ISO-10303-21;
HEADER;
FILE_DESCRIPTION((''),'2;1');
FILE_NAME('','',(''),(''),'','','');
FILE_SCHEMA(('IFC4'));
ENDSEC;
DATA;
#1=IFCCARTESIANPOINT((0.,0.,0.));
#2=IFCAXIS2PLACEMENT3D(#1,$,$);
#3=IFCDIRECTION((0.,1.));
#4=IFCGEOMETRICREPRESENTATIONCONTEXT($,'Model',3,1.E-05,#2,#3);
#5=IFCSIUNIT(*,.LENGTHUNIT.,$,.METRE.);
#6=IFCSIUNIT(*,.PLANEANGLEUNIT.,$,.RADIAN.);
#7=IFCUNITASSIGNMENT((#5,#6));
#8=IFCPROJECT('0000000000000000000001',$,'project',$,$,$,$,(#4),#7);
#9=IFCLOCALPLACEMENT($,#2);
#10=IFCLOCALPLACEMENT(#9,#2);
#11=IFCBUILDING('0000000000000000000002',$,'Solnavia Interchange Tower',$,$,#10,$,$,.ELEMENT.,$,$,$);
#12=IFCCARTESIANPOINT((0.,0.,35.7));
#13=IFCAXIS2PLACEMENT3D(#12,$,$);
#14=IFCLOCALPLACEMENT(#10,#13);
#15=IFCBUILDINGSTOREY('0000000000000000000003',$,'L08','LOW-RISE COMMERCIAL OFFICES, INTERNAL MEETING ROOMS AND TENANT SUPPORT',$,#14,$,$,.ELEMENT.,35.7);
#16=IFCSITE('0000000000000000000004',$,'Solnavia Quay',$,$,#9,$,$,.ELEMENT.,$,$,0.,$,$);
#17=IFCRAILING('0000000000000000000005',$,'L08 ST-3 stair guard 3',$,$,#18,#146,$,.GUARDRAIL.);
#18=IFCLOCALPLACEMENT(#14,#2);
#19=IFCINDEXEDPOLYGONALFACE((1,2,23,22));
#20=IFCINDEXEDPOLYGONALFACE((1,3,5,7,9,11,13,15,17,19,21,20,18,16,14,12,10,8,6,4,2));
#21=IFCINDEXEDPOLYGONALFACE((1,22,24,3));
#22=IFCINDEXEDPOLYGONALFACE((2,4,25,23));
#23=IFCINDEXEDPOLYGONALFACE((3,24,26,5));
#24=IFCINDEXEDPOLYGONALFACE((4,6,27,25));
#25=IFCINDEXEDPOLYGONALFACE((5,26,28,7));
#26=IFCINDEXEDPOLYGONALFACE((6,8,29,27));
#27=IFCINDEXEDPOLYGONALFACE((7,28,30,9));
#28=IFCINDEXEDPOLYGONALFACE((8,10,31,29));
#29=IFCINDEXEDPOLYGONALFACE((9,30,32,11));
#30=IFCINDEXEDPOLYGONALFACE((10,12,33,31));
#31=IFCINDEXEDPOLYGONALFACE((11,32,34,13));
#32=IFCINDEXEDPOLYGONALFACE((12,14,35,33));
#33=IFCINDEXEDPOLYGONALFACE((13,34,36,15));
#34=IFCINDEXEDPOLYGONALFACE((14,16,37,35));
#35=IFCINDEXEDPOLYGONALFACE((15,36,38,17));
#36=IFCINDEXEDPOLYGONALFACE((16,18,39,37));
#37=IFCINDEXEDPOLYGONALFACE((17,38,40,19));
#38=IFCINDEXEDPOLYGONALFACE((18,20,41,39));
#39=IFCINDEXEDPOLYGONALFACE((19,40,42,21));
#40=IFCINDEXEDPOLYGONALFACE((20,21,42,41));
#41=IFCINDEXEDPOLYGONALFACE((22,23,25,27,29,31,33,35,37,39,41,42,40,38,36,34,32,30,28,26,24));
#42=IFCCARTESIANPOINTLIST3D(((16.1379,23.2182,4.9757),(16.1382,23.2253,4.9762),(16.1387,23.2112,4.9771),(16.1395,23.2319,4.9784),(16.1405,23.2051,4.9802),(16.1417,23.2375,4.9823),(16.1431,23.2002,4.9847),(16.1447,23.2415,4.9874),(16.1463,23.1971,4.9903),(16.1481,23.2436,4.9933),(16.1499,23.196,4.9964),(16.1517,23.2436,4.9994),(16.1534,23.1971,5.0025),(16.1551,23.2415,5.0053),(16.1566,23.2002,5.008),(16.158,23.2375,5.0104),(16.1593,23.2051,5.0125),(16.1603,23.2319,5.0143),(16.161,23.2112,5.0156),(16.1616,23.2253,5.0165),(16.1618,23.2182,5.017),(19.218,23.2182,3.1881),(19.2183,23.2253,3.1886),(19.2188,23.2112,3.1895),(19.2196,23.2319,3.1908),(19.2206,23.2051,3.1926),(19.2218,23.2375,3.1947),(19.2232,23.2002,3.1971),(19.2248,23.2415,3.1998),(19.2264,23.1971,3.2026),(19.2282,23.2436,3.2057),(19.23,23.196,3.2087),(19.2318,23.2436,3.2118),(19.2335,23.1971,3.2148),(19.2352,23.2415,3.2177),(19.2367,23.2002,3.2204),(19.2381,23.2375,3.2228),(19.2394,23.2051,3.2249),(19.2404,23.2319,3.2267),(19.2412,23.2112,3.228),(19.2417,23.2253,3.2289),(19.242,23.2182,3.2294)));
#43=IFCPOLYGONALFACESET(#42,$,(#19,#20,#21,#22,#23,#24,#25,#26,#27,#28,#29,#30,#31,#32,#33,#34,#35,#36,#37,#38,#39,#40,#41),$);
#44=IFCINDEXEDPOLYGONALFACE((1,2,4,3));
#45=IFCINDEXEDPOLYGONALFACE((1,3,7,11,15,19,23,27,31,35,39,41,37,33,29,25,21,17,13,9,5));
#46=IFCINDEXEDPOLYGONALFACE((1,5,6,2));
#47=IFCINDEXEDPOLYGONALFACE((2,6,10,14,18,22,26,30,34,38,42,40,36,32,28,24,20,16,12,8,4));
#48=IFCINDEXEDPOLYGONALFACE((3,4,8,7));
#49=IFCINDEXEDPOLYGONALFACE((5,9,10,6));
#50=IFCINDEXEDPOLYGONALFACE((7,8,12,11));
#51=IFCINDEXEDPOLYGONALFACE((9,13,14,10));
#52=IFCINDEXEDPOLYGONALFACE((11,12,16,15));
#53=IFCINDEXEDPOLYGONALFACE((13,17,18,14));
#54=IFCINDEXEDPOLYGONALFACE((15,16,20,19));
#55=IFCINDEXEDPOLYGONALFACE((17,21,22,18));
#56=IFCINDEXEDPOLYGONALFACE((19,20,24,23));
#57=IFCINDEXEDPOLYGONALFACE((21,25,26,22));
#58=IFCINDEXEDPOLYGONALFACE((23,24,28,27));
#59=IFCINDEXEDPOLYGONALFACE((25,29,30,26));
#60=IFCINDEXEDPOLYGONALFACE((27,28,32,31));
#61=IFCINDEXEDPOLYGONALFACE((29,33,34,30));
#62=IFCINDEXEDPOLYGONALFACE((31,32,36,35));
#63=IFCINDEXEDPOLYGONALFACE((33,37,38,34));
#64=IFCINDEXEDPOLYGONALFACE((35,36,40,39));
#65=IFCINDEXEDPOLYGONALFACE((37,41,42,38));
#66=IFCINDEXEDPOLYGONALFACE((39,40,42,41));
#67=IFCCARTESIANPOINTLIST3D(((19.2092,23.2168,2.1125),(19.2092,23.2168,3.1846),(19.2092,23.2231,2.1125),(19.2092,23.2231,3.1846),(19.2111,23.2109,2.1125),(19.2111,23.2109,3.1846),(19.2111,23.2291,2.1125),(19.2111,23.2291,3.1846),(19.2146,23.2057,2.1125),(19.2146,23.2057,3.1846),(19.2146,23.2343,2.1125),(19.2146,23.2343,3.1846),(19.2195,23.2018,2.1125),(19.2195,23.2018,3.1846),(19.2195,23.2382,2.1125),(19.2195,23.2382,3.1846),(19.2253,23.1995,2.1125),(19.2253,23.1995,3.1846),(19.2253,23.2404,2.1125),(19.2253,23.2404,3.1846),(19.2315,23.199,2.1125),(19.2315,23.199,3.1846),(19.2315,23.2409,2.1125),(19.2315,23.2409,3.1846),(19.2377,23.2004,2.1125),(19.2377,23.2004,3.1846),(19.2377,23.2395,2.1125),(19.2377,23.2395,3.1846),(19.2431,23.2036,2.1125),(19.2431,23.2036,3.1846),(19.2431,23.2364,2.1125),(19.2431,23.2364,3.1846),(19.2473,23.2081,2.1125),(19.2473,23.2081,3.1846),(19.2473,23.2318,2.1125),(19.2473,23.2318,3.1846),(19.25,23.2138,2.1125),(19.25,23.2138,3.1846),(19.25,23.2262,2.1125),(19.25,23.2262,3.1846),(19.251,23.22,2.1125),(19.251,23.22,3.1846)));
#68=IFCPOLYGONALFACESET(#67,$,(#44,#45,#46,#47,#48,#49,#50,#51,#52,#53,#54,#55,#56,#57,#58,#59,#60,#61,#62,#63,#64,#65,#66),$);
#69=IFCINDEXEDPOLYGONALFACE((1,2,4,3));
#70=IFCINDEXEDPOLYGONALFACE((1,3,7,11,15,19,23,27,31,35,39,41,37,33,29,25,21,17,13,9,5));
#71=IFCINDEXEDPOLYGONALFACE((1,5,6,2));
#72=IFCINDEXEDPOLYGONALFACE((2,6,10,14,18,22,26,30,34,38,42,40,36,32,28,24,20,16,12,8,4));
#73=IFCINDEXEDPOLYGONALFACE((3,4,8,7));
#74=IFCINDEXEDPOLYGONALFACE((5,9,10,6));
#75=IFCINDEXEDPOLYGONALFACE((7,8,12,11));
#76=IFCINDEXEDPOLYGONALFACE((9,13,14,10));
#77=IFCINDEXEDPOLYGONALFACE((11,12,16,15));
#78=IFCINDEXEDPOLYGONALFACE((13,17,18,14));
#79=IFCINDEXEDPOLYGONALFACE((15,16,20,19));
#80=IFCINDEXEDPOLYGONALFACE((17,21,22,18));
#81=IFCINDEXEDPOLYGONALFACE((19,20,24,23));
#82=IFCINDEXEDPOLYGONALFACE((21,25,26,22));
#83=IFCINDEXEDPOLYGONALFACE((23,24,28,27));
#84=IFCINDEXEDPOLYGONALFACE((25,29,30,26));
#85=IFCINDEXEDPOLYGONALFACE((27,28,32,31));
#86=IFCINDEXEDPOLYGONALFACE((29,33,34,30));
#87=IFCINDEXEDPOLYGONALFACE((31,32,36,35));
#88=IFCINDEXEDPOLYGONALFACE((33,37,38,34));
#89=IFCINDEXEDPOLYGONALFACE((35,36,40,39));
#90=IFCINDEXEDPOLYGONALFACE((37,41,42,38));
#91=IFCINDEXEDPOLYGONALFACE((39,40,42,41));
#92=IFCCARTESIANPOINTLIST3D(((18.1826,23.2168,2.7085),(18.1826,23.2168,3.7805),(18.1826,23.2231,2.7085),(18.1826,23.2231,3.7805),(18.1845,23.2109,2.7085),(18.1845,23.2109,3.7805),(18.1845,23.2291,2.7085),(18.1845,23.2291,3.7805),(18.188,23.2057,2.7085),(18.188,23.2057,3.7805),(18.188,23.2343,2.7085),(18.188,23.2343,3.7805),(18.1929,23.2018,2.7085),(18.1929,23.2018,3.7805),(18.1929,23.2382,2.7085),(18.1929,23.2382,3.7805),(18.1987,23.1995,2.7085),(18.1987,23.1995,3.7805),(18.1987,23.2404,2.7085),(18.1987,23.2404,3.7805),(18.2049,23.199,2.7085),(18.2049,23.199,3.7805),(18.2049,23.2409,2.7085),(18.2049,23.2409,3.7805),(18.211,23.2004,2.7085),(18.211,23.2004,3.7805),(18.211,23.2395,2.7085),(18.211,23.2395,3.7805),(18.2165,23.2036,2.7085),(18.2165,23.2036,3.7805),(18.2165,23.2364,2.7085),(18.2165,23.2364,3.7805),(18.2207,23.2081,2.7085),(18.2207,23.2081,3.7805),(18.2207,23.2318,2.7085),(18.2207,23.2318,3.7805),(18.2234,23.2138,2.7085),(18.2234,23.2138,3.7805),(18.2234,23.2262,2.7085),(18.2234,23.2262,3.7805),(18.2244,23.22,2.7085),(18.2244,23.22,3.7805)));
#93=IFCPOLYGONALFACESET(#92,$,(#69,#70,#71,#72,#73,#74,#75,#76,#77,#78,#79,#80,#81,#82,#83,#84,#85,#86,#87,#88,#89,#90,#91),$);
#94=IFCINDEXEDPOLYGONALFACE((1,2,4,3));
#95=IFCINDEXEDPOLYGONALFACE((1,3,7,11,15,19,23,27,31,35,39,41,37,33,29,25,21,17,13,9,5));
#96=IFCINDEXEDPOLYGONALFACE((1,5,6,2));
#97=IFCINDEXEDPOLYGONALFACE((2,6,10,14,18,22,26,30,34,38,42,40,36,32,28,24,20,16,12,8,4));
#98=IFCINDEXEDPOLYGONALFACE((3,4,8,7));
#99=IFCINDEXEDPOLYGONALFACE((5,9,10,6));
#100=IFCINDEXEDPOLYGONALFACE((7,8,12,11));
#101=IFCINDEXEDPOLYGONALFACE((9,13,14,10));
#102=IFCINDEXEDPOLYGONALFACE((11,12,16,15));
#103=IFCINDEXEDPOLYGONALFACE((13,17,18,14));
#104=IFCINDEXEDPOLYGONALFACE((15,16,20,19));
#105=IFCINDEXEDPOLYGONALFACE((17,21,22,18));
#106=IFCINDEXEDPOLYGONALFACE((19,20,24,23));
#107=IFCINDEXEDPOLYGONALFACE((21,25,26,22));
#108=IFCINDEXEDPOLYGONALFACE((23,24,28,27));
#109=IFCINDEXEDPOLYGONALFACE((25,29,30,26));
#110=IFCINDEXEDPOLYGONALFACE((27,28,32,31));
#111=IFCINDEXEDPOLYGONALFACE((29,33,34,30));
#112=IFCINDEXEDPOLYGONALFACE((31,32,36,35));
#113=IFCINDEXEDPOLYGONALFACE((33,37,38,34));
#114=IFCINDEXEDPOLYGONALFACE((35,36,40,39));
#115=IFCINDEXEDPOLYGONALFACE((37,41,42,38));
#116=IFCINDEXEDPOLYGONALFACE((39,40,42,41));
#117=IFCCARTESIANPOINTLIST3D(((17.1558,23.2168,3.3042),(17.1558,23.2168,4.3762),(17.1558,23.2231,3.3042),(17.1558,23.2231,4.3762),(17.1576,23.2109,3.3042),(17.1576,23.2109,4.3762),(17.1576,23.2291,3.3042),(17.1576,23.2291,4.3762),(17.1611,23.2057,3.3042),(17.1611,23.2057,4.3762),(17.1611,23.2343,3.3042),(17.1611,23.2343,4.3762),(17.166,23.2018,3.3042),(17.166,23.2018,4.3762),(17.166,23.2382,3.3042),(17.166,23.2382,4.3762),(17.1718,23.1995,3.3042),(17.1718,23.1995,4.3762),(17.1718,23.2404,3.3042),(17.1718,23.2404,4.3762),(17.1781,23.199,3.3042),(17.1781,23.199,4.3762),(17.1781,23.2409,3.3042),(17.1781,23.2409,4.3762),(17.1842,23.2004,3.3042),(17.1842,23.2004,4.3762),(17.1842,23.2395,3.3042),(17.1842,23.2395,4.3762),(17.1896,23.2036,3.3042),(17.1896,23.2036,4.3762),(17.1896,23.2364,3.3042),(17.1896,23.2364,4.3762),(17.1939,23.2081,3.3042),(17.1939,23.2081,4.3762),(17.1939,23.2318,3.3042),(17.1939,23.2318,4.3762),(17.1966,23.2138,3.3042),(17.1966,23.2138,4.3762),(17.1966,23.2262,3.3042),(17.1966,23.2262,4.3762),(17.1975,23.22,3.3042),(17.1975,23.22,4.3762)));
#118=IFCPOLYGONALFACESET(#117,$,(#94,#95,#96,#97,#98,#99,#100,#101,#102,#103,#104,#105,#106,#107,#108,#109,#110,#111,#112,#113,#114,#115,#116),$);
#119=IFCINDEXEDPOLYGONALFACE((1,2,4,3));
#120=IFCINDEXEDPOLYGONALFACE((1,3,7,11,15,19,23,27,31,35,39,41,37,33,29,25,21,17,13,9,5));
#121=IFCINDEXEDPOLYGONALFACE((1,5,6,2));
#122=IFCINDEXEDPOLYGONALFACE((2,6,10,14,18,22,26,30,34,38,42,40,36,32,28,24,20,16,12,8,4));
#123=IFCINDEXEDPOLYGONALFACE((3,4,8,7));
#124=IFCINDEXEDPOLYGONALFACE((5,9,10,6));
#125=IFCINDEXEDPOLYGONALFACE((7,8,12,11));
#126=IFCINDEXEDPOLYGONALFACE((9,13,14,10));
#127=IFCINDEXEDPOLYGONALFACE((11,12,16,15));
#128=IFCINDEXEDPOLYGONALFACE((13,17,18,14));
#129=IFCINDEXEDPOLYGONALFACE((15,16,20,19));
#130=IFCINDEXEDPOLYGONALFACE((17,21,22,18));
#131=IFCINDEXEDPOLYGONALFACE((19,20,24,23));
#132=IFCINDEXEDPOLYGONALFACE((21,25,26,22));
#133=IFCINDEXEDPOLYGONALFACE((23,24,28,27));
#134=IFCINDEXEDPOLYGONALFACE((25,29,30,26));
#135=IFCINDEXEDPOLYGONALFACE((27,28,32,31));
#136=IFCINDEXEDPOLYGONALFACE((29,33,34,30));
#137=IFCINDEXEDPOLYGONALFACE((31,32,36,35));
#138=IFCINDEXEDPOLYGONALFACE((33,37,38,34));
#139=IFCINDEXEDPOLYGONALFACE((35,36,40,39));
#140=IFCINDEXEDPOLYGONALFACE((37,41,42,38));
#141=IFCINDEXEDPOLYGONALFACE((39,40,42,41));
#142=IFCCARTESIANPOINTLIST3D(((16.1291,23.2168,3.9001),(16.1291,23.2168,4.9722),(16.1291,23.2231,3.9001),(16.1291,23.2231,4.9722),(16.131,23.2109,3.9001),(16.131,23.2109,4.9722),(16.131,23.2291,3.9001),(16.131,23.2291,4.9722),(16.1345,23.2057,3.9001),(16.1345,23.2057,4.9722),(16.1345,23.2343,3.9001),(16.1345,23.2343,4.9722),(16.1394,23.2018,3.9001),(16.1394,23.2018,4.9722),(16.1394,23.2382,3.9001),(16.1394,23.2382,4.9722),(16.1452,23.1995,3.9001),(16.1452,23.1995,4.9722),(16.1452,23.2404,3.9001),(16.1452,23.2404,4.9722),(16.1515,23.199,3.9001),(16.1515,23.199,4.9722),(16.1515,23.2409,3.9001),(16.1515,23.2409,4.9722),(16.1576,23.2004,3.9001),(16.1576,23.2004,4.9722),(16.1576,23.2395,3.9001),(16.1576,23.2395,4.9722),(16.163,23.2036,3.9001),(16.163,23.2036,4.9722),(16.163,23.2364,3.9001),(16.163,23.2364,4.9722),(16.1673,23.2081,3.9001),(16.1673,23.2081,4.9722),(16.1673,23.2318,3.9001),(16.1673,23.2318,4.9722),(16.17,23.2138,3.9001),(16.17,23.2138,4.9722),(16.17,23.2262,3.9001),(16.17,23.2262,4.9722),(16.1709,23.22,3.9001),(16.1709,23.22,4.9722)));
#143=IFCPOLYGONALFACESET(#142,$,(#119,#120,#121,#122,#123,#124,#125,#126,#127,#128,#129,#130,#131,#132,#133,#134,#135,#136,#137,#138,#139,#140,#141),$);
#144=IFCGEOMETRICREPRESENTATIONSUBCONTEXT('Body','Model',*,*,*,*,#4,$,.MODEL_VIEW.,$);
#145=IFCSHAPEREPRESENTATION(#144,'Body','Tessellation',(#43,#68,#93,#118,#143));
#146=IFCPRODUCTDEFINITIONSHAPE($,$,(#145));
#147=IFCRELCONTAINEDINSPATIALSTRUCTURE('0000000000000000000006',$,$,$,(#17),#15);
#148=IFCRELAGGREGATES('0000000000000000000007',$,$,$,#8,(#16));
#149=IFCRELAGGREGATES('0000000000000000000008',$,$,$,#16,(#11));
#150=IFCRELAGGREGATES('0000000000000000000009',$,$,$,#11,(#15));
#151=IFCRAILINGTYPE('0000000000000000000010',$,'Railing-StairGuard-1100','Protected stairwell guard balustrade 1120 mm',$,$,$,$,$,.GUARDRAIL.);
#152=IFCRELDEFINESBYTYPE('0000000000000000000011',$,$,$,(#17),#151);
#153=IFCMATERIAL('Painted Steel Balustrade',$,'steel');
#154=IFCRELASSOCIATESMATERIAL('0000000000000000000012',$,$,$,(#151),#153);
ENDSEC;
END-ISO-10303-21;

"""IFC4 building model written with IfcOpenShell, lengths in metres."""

from ifc_helpers import new_model, si_unit, direction, frame, origin, origin_2d, place, context, subcontext, project, spatial, circle, extrude, material, type_object, element, save


model = new_model("IFC4")

# Units and contexts
model_context = context("Model", 3, precision=1e-05, world=origin(), true_north=direction((0.0, 1.0)))
body_context = subcontext(model_context, "Body", "Model", "MODEL_VIEW")
ifc_project = project(units=[si_unit("LENGTHUNIT", "METRE"), si_unit("PLANEANGLEUNIT", "RADIAN")], contexts=[model_context])

# Site, building, storey
site_placement = place(None, origin())
site = spatial("IfcSite", under=ifc_project, at=site_placement, Name="Solnavia Quay", CompositionType="ELEMENT", RefElevation=0.0)
building_placement = place(site_placement, origin())
building = spatial("IfcBuilding", under=site, at=building_placement, Name="Solnavia Interchange Tower", CompositionType="ELEMENT")
storey_placement = place(building_placement, frame((0.0, 0.0, 35.7)))
storey = spatial("IfcBuildingStorey", under=building, at=storey_placement, Name="L08", Description="LOW-RISE COMMERCIAL OFFICES, INTERNAL MEETING ROOMS AND TENANT SUPPORT", CompositionType="ELEMENT", Elevation=35.7)

# Railing
ifc_material_1 = material(Name="Painted Steel Balustrade", Category="steel")
railing_type_1 = type_object("IfcRailingType", Name="Railing-StairGuard-1100", Description="Protected stairwell guard balustrade 1120 mm", PredefinedType="GUARDRAIL", material=ifc_material_1)
railing_1_placement = place(storey_placement, frame((19.23, 23.22, 2.1125)))
element("IfcRailing", 1, at=railing_1_placement, inside=storey, type_object=railing_type_1, Name="L08 ST-3 stair guard 3", PredefinedType="GUARDRAIL", context=body_context, shape_type="SweptSolid", body=[
    extrude(circle(Radius=0.0239, at=origin_2d()), frame((0.0, 0.0, 1.0962), z_axis=(-0.864891, 0.0, 0.50196), x_axis=(0.0, -1.0, 0.0)), (0.0, 0.0, 1.0), 3.5613),
    extrude(circle(Radius=0.021, at=origin_2d()), origin(), (0.0, 0.0, 1.0), 1.072),
    extrude(circle(Radius=0.021, at=origin_2d()), frame((-1.0266, 0.0, 0.5959)), (0.0, 0.0, 1.0), 1.072),
    extrude(circle(Radius=0.021, at=origin_2d()), frame((-2.0535, 0.0, 1.1917)), (0.0, 0.0, 1.0), 1.072),
    extrude(circle(Radius=0.021, at=origin_2d()), frame((-3.0801, 0.0, 1.7876)), (0.0, 0.0, 1.0), 1.072),
])

save(model, "model.ifc")
